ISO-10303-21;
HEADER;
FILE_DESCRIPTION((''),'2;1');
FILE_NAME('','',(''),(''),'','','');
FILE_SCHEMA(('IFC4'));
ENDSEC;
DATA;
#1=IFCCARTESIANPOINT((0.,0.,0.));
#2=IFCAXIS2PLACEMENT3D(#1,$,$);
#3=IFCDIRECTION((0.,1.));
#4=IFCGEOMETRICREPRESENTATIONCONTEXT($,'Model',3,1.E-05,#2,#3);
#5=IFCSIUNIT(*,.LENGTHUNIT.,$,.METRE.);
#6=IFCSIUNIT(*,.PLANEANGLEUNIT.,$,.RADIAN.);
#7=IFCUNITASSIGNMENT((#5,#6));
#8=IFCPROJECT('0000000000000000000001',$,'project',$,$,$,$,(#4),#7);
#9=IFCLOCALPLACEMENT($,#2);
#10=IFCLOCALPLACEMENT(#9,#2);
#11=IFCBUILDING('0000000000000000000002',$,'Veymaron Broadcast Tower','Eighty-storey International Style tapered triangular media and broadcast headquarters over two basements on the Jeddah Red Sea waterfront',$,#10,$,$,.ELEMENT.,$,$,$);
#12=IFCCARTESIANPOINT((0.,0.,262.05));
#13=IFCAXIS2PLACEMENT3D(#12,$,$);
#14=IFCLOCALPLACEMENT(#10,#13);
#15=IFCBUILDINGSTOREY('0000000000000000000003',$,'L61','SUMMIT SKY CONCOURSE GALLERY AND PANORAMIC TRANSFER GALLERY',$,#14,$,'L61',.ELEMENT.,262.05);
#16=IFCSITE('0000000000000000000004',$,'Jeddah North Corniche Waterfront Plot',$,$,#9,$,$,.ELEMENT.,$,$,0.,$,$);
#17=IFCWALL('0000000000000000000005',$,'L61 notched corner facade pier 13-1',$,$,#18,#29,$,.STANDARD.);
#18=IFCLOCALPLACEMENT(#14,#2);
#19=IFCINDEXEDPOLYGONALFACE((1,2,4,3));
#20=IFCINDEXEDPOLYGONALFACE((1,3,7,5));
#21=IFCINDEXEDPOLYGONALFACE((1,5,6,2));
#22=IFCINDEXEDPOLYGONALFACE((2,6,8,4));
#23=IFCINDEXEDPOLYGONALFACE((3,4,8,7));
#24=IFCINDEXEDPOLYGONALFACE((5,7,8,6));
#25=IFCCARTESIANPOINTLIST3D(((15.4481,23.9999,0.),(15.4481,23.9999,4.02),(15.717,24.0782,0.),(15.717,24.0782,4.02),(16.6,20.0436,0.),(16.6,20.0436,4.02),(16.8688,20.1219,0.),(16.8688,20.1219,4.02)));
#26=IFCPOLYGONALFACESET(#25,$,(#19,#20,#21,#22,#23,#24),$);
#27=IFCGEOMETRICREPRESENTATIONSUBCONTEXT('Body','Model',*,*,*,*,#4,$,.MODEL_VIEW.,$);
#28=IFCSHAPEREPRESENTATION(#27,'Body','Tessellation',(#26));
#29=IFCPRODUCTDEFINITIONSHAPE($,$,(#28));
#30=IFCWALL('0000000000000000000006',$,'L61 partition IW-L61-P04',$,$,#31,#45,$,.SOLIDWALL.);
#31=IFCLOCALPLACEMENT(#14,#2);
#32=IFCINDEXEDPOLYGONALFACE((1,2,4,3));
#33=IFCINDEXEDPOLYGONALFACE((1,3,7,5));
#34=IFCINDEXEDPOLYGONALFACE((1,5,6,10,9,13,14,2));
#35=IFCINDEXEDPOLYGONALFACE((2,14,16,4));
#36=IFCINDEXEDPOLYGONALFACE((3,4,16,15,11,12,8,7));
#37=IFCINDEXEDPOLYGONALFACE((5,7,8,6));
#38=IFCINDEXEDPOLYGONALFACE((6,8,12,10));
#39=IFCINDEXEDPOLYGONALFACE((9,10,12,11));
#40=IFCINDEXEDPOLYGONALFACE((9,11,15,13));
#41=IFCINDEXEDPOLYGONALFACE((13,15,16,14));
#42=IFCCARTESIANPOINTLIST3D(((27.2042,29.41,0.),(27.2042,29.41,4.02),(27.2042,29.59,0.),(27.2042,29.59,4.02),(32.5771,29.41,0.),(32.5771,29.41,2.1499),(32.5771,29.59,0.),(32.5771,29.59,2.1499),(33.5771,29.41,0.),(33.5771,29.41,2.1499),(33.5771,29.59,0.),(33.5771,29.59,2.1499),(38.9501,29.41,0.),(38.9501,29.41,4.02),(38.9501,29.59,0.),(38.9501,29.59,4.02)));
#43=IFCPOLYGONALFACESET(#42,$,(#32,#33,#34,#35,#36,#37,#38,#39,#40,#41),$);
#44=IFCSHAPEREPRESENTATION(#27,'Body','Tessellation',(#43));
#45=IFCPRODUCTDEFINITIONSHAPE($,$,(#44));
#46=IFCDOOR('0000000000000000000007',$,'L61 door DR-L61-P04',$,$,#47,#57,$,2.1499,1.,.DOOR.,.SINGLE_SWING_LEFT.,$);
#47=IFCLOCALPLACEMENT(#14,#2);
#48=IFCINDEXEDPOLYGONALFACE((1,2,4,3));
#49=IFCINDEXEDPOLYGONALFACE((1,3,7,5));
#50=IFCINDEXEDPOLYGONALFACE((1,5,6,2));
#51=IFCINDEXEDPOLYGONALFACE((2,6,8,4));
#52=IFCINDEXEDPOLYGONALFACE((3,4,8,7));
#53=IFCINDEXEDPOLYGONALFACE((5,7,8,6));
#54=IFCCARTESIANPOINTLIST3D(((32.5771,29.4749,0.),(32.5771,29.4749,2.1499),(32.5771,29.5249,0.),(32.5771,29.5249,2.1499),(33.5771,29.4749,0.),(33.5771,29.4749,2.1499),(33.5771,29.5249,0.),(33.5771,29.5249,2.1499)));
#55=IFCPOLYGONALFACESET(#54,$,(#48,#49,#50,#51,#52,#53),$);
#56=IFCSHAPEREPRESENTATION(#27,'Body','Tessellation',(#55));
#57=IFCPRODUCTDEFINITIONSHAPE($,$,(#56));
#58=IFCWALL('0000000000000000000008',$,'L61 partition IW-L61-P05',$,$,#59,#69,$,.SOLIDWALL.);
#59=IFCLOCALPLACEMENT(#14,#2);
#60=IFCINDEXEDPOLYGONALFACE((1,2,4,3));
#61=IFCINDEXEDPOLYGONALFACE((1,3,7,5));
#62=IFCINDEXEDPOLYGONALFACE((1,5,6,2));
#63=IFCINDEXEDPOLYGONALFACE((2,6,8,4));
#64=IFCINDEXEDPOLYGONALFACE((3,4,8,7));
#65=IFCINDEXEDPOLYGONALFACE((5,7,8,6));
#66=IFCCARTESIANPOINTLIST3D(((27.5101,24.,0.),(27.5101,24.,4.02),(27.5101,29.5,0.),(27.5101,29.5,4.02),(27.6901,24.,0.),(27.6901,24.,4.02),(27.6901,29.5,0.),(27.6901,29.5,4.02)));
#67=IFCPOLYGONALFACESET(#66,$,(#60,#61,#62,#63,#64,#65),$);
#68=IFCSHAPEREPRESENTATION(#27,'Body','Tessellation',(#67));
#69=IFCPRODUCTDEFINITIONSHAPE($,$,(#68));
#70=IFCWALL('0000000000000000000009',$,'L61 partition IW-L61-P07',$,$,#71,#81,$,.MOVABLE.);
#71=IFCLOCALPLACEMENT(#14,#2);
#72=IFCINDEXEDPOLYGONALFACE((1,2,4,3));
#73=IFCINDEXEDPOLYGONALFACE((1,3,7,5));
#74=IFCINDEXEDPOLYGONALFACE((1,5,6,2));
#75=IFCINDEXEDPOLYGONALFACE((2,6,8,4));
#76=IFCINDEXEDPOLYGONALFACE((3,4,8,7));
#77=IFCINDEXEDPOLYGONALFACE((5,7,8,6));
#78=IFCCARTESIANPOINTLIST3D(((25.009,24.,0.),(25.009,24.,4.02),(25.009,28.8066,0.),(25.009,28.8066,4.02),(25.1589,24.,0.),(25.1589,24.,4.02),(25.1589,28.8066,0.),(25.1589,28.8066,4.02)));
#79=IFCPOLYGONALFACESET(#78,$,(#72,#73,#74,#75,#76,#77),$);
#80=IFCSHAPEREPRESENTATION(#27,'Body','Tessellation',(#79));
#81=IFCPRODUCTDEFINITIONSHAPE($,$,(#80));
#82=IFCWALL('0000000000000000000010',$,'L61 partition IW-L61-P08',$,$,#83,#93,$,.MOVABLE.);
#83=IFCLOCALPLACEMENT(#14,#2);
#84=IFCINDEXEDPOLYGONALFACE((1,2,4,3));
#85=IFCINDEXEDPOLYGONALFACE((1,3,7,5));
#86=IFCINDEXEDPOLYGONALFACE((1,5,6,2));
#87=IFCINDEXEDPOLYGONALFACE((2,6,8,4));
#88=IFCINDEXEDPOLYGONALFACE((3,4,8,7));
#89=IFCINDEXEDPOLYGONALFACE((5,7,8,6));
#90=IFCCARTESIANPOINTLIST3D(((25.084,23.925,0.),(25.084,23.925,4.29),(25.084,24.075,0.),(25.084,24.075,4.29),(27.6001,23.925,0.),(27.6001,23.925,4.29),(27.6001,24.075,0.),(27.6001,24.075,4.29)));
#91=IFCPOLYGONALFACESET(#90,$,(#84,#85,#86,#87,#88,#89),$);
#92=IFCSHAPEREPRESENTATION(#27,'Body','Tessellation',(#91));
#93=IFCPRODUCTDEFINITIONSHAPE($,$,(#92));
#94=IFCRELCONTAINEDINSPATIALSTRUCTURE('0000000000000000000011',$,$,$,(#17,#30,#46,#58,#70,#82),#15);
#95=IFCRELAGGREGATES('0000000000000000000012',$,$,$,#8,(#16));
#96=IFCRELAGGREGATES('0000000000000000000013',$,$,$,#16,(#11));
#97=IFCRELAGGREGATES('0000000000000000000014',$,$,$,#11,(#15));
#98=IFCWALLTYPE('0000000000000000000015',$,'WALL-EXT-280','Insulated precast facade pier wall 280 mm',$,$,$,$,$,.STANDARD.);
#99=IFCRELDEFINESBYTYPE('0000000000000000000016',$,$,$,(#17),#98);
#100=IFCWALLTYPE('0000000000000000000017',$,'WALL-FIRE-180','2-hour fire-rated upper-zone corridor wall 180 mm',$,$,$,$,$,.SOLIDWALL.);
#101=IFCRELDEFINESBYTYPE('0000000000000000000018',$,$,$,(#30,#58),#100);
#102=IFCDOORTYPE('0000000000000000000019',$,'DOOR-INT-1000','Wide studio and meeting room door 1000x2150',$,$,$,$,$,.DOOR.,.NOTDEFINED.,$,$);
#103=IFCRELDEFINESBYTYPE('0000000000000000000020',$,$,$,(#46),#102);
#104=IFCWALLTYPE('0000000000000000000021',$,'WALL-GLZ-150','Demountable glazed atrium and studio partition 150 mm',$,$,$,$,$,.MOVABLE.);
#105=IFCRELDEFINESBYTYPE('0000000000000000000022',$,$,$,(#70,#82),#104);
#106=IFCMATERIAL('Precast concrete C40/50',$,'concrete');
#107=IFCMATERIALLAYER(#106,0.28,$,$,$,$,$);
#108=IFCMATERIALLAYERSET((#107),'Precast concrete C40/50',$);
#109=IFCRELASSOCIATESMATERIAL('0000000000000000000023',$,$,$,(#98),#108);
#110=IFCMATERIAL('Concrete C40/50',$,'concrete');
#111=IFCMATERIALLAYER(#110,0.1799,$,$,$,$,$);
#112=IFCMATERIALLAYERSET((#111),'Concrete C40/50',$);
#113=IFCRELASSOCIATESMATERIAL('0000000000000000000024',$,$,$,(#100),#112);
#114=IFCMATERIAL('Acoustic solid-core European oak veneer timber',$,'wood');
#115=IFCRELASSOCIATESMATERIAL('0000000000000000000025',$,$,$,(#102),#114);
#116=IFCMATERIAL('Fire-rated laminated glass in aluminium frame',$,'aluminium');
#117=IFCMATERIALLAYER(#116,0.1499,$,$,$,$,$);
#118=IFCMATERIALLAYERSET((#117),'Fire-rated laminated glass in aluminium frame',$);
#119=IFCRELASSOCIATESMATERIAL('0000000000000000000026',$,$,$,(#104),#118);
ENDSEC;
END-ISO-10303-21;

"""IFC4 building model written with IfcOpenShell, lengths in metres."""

from ifc_helpers import new_model, si_unit, direction, frame, frame_2d, origin, place, context, subcontext, project, spatial, rectangle, extrude, material, layer, layer_set, type_object, element, fill, save


model = new_model("IFC4")

# Units and contexts
model_context = context("Model", 3, precision=1e-05, world=origin(), true_north=direction((0.0, 1.0)))
body_context = subcontext(model_context, "Body", "Model", "MODEL_VIEW")
ifc_project = project(units=[si_unit("LENGTHUNIT", "METRE"), si_unit("PLANEANGLEUNIT", "RADIAN")], contexts=[model_context])

# Site, building, storey
site_placement = place(None, origin())
site = spatial("IfcSite", under=ifc_project, at=site_placement, Name="Jeddah North Corniche Waterfront Plot", CompositionType="ELEMENT", RefElevation=0.0)
building_placement = place(site_placement, origin())
building = spatial("IfcBuilding", under=site, at=building_placement, Name="Veymaron Broadcast Tower", Description="Eighty-storey International Style tapered triangular media and broadcast headquarters over two basements on the Jeddah Red Sea waterfront", CompositionType="ELEMENT")
storey_placement = place(building_placement, frame((0.0, 0.0, 262.05)))
storey = spatial("IfcBuildingStorey", under=building, at=storey_placement, Name="L61", Description="SUMMIT SKY CONCOURSE GALLERY AND PANORAMIC TRANSFER GALLERY", LongName="L61", CompositionType="ELEMENT", Elevation=262.05)

# Wall
ifc_material_1 = material(Name="Precast concrete C40/50", Category="concrete")
ifc_layer_1 = layer(ifc_material_1, 0.28)
ifc_layer_set_1 = layer_set([ifc_layer_1], Name="Precast concrete C40/50")
wall_type_1 = type_object("IfcWallType", Name="WALL-EXT-280", Description="Insulated precast facade pier wall 280 mm", PredefinedType="STANDARD", material=ifc_layer_set_1)
for number, where, z_axis, x_axis, name in (
    (1, (15.5825, 24.0391, 0.0), (0.0, 0.0, 1.0), (0.279538, -0.960135, 0.0), "L61 notched corner facade pier 13-1"),
):
    element("IfcWall", number, at=place(storey_placement, frame(where, z_axis=z_axis, x_axis=x_axis)), inside=storey, type_object=wall_type_1, Name=name, PredefinedType="STANDARD", context=body_context, shape_type="SweptSolid", body=[
        extrude(rectangle(XDim=4.1206, YDim=0.28, at=frame_2d((2.0603, 0.0))), origin(), (0.0, 0.0, 1.0), 4.02),
    ])

# Wall, opening, door
ifc_material_2 = material(Name="Concrete C40/50", Category="concrete")
ifc_layer_2 = layer(ifc_material_2, 0.1799)
ifc_layer_set_2 = layer_set([ifc_layer_2], Name="Concrete C40/50")
wall_type_2 = type_object("IfcWallType", Name="WALL-FIRE-180", Description="2-hour fire-rated upper-zone corridor wall 180 mm", PredefinedType="SOLIDWALL", material=ifc_layer_set_2)
wall_1_placement = place(storey_placement, frame((27.2041, 29.5, 0.0), z_axis=(0.0, 0.0, 1.0), x_axis=(1.0, 0.0, 0.0)))
wall_1 = element("IfcWall", 2, at=wall_1_placement, inside=storey, type_object=wall_type_2, Name="L61 partition IW-L61-P04", PredefinedType="SOLIDWALL", context=body_context, shape_type="SweptSolid", body=[
    extrude(rectangle(XDim=11.7458, YDim=0.1799, at=frame_2d((5.873, 0.0))), origin(), (0.0, 0.0, 1.0), 4.02),
])
opening_placement = place(wall_1_placement, frame((5.373, 0.0, 0.0)))
opening = element("IfcOpeningElement", 3, at=opening_placement, cuts=wall_1, PredefinedType="OPENING", context=body_context, shape_type="SweptSolid", body=[
    extrude(rectangle(XDim=1.0, YDim=2.1499, at=frame_2d((0.5, 1.075))), frame((0.0, 0.1001, 0.0), z_axis=(0.0, -1.0, 0.0), x_axis=(1.0, 0.0, 0.0)), (0.0, 0.0, 1.0), 0.2),
])
ifc_material_3 = material(Name="Acoustic solid-core European oak veneer timber", Category="wood")
door_type = type_object("IfcDoorType", Name="DOOR-INT-1000", Description="Wide studio and meeting room door 1000x2150", OperationType="NOTDEFINED", PredefinedType="DOOR", material=ifc_material_3)
door_placement = place(opening_placement, origin())
door = element("IfcDoor", 4, at=door_placement, inside=storey, type_object=door_type, Name="L61 door DR-L61-P04", OperationType="SINGLE_SWING_LEFT", OverallHeight=2.1499, OverallWidth=1.0, PredefinedType="DOOR", context=body_context, shape_type="SweptSolid", body=[
    extrude(rectangle(XDim=1.0, YDim=2.1499, at=frame_2d((0.5, 1.075))), frame((0.0, 0.0249, 0.0), z_axis=(0.0, -1.0, 0.0), x_axis=(1.0, 0.0, 0.0)), (0.0, 0.0, 1.0), 0.05),
])
fill(opening, door)

# Walls
wall_2_placement = place(storey_placement, frame((27.6001, 24.0, 0.0), z_axis=(0.0, 0.0, 1.0), x_axis=(0.0, 1.0, 0.0)))
element("IfcWall", 5, at=wall_2_placement, inside=storey, type_object=wall_type_2, Name="L61 partition IW-L61-P05", PredefinedType="SOLIDWALL", context=body_context, shape_type="SweptSolid", body=[
    extrude(rectangle(XDim=5.5, YDim=0.1799, at=frame_2d((2.75, 0.0))), origin(), (0.0, 0.0, 1.0), 4.02),
])
ifc_material_4 = material(Name="Fire-rated laminated glass in aluminium frame", Category="aluminium")
ifc_layer_3 = layer(ifc_material_4, 0.1499)
ifc_layer_set_3 = layer_set([ifc_layer_3], Name="Fire-rated laminated glass in aluminium frame")
wall_type_3 = type_object("IfcWallType", Name="WALL-GLZ-150", Description="Demountable glazed atrium and studio partition 150 mm", PredefinedType="MOVABLE", material=ifc_layer_set_3)
wall_3_placement = place(storey_placement, frame((25.084, 24.0, 0.0), z_axis=(0.0, 0.0, 1.0), x_axis=(0.0, 1.0, 0.0)))
element("IfcWall", 6, at=wall_3_placement, inside=storey, type_object=wall_type_3, Name="L61 partition IW-L61-P07", PredefinedType="MOVABLE", context=body_context, shape_type="SweptSolid", body=[
    extrude(rectangle(XDim=4.8066, YDim=0.1499, at=frame_2d((2.4033, 0.0))), origin(), (0.0, 0.0, 1.0), 4.02),
])
wall_4_placement = place(storey_placement, frame((25.084, 24.0, 0.0), z_axis=(0.0, 0.0, 1.0), x_axis=(1.0, 0.0, 0.0)))
element("IfcWall", 7, at=wall_4_placement, inside=storey, type_object=wall_type_3, Name="L61 partition IW-L61-P08", PredefinedType="MOVABLE", context=body_context, shape_type="SweptSolid", body=[
    extrude(rectangle(XDim=2.5161, YDim=0.1499, at=frame_2d((1.2581, 0.0))), origin(), (0.0, 0.0, 1.0), 4.29),
])

save(model, "model.ifc")
